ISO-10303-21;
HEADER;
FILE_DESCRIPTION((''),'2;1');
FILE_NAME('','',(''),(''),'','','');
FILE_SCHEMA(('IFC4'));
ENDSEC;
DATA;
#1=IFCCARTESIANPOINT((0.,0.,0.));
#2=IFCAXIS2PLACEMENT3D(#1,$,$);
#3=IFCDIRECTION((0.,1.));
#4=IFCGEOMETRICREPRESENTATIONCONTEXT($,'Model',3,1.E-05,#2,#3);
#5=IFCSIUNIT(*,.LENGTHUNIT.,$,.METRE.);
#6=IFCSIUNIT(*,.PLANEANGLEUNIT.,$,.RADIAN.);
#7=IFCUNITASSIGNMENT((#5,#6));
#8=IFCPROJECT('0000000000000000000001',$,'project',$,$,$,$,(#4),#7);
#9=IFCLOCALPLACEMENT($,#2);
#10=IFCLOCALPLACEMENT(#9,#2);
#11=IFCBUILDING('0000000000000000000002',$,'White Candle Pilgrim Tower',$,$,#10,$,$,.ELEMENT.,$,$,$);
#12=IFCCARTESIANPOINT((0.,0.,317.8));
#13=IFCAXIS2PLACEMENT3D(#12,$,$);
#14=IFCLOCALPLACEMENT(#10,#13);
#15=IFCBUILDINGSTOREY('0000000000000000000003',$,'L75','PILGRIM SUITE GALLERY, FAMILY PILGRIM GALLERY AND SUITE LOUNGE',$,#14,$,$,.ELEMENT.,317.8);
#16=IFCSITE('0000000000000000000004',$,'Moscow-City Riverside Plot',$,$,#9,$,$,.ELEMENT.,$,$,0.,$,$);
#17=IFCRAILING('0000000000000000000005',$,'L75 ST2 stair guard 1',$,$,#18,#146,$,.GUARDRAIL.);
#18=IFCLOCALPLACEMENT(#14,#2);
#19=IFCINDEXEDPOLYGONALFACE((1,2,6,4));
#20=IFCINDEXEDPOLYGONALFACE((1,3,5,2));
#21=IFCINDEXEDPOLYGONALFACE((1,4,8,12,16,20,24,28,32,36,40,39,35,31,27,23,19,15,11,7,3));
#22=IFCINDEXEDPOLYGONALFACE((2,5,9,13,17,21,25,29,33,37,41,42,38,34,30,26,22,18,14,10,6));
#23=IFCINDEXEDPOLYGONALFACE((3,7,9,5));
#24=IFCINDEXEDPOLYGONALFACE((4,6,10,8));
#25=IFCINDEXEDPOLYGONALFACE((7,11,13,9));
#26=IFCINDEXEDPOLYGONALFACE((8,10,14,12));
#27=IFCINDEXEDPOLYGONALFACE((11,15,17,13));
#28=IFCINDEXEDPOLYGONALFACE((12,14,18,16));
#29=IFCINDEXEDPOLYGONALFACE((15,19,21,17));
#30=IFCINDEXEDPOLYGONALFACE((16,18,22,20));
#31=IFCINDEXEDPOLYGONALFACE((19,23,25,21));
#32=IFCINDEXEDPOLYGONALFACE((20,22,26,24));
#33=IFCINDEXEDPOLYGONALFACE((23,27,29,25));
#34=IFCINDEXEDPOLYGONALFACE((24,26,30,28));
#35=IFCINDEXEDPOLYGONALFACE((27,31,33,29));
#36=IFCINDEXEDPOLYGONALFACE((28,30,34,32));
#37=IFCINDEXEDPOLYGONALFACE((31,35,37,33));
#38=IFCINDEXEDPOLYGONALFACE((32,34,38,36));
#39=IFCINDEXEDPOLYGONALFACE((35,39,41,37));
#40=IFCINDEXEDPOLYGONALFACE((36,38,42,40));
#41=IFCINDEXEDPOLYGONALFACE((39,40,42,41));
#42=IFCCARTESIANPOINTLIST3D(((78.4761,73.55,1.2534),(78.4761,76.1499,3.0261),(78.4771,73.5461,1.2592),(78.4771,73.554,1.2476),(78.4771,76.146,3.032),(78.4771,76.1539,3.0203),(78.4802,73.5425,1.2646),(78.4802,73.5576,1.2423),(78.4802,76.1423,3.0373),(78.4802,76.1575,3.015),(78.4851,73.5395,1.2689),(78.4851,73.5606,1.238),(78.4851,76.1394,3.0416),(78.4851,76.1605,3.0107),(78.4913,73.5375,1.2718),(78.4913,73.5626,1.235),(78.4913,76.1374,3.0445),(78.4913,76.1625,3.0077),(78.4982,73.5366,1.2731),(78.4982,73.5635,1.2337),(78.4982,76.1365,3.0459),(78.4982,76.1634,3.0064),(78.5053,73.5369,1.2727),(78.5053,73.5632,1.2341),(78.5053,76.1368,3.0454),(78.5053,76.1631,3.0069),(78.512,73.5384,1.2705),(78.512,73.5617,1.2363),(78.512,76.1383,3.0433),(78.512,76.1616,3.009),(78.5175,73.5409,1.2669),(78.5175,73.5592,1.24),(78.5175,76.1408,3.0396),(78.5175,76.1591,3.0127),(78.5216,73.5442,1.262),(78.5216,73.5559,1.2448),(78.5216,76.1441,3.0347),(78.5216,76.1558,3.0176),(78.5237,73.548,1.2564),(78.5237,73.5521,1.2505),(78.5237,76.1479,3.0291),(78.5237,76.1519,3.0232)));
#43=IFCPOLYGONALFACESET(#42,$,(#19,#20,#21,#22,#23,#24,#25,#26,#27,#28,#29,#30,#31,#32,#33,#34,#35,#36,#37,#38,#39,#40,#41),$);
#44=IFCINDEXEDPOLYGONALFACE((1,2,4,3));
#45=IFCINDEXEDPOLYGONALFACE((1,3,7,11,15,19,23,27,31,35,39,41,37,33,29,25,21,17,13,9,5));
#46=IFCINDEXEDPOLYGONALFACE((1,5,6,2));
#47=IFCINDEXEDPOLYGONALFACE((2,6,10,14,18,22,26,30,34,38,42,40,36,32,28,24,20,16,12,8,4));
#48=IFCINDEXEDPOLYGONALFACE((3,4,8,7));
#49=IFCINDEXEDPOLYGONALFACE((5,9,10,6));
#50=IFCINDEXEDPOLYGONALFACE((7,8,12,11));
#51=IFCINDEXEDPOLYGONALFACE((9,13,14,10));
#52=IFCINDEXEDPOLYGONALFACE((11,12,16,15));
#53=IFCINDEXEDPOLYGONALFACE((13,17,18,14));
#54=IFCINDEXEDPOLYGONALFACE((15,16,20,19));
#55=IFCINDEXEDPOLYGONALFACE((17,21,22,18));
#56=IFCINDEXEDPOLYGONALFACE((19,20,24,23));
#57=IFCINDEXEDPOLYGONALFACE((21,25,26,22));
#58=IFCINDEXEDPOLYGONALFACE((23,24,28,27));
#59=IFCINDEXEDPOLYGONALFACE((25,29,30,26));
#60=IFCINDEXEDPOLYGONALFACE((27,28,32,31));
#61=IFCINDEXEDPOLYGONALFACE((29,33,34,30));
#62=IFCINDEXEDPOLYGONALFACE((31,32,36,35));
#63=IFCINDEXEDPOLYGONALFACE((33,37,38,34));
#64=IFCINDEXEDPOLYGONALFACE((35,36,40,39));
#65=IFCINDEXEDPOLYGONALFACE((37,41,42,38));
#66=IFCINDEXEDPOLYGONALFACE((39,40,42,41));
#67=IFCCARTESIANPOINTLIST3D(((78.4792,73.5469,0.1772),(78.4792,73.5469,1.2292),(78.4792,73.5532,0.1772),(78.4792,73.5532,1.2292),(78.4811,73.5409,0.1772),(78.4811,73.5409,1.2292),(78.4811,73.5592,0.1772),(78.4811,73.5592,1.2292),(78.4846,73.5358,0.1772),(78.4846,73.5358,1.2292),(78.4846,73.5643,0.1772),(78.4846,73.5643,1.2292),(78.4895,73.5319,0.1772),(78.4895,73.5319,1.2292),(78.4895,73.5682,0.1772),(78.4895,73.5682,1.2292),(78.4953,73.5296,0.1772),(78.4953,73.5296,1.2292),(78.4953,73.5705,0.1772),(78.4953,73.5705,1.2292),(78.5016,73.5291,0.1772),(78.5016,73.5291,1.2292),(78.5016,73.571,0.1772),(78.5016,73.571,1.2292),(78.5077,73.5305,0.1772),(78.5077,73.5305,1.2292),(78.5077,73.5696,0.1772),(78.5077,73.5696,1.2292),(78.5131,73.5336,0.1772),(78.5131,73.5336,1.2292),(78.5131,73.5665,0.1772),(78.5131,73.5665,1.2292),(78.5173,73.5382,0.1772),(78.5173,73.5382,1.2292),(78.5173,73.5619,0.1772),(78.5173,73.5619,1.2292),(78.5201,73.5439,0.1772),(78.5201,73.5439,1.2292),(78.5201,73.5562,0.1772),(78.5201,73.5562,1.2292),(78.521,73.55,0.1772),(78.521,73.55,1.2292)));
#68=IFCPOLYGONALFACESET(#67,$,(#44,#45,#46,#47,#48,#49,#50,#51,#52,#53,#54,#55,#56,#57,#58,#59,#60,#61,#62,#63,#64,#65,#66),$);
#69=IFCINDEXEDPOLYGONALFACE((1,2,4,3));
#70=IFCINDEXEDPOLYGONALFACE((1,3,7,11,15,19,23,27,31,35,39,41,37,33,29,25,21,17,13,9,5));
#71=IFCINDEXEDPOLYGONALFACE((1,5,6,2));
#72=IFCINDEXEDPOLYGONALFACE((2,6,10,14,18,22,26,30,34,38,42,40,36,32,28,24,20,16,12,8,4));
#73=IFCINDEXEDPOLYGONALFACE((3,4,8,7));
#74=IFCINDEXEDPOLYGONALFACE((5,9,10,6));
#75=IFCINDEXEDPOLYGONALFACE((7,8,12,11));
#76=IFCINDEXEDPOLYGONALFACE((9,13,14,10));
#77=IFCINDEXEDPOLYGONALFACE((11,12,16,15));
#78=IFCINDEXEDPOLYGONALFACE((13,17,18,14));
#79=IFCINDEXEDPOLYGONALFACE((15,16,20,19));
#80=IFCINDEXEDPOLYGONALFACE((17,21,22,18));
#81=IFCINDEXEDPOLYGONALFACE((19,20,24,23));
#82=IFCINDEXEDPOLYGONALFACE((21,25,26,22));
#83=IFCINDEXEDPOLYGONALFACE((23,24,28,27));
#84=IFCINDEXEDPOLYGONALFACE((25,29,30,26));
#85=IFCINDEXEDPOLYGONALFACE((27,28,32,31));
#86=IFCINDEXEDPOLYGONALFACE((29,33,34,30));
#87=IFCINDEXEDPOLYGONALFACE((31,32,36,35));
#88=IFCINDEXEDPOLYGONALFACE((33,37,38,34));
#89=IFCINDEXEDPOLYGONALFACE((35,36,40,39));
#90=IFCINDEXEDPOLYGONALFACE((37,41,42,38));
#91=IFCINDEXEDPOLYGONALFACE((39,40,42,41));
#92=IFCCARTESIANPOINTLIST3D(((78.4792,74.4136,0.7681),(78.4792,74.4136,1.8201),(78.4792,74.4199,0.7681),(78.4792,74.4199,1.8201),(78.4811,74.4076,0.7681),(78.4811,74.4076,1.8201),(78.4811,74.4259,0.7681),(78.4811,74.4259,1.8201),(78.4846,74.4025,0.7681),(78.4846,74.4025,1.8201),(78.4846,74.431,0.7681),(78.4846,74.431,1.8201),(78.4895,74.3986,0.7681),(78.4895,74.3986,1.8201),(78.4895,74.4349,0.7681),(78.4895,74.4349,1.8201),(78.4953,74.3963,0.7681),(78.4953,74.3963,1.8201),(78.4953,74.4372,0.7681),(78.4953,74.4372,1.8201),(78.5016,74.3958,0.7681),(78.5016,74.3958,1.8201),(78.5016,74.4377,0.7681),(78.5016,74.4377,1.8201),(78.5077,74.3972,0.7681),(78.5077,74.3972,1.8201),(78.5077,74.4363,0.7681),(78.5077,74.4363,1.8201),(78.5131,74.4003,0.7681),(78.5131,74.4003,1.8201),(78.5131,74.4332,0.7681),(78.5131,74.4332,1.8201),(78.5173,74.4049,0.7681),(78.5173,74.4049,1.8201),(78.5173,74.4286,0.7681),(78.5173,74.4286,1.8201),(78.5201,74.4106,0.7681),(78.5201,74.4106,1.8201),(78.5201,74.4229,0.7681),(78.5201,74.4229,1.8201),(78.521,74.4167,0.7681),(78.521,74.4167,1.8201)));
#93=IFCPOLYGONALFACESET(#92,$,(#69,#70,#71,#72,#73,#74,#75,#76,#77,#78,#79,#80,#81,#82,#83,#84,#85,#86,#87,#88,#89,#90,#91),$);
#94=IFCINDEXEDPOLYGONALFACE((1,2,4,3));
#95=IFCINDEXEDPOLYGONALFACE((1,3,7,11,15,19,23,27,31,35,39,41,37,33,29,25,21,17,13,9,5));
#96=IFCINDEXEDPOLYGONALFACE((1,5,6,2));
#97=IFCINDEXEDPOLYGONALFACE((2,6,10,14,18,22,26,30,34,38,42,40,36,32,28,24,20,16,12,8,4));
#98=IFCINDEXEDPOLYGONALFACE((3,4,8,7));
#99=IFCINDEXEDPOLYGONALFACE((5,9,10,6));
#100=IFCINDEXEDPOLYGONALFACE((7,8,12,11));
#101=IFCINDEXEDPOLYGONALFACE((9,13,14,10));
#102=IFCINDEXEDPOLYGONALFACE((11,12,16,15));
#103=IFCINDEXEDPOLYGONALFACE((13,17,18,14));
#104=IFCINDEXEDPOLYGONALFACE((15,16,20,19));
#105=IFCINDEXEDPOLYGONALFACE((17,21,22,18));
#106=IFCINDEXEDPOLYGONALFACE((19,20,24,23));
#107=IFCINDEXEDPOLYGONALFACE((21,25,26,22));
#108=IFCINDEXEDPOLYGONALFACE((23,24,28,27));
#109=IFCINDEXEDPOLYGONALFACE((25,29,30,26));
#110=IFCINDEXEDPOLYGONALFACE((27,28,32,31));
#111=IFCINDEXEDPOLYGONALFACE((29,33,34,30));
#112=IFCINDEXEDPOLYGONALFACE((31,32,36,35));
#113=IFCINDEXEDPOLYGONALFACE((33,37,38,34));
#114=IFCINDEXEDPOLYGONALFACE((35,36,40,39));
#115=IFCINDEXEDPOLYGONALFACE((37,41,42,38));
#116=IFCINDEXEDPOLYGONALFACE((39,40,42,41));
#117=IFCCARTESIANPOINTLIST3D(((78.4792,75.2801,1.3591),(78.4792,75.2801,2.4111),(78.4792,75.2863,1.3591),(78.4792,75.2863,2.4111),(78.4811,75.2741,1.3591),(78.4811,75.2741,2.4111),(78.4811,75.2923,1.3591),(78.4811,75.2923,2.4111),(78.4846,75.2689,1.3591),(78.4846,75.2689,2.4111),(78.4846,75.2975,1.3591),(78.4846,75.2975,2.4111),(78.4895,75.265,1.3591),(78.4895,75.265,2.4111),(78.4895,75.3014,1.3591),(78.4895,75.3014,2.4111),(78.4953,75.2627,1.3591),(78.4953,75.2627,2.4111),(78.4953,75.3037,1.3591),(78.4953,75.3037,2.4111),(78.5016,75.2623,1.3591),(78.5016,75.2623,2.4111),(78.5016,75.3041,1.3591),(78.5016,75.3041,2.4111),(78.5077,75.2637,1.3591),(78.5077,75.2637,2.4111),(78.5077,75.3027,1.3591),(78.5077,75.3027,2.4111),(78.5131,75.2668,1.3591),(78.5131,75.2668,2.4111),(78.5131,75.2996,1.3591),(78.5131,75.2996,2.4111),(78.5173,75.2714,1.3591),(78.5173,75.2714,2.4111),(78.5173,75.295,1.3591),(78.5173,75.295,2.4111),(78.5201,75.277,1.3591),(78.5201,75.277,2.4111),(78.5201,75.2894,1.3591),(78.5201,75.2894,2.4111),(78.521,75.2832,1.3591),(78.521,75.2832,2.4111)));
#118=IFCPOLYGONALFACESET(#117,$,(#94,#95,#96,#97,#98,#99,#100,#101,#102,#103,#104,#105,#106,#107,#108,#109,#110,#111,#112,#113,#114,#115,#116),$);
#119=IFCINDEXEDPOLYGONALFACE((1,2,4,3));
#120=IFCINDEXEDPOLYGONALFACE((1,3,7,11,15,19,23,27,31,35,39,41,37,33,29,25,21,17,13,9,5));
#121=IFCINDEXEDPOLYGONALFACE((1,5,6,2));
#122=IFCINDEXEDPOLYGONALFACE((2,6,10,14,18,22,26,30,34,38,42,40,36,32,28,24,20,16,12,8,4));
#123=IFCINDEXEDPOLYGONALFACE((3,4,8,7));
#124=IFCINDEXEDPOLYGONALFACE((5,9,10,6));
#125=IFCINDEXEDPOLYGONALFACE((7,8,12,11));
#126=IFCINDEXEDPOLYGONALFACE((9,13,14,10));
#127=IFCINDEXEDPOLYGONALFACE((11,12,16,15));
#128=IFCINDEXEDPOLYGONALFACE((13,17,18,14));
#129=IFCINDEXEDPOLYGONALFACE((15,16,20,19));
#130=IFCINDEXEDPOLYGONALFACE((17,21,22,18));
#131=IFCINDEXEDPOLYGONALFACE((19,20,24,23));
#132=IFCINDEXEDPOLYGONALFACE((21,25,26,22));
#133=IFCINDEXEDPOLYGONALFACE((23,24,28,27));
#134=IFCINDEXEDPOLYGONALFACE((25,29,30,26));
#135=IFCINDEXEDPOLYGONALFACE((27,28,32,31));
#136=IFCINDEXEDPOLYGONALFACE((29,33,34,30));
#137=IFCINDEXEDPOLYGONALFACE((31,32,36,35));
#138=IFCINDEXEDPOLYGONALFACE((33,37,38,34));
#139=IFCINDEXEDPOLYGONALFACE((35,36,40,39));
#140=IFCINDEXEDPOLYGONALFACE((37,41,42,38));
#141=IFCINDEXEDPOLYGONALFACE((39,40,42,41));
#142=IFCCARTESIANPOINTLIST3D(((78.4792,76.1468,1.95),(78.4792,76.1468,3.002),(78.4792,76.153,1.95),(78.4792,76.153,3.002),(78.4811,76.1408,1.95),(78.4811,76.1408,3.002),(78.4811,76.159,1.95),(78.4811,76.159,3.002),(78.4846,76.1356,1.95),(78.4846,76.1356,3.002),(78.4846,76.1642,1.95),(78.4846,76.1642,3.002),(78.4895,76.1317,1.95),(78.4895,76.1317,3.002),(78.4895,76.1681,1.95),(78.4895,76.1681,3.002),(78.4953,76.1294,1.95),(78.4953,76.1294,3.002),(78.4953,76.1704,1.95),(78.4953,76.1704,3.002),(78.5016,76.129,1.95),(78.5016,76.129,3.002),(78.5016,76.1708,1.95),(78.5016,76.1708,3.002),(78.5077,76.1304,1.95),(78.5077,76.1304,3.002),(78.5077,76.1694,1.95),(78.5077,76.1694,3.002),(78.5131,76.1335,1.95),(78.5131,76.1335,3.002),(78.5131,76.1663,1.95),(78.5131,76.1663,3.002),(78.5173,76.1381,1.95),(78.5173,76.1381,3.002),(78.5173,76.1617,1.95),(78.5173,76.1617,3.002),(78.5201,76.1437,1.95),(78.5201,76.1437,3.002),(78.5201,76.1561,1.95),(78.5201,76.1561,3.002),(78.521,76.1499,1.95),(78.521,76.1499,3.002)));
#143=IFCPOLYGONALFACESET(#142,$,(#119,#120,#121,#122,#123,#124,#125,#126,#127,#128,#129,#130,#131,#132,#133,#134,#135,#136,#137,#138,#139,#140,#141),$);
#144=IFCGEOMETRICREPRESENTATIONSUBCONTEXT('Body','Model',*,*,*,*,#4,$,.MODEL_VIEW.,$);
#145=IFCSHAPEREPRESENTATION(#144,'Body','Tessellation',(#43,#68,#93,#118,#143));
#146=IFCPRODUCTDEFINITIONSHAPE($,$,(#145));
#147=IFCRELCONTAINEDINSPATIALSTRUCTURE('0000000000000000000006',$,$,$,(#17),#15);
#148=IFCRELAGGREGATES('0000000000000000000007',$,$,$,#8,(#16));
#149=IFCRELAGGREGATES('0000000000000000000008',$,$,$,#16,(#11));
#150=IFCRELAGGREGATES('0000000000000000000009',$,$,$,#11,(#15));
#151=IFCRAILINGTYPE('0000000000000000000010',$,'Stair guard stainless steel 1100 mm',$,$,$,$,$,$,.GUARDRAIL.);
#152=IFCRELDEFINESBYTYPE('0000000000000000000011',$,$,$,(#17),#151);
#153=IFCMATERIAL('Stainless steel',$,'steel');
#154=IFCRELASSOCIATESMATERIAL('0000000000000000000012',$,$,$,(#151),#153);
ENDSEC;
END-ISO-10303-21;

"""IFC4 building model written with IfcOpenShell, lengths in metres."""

from ifc_helpers import new_model, si_unit, direction, frame, origin, origin_2d, place, context, subcontext, project, spatial, circle, extrude, material, type_object, element, save


model = new_model("IFC4")

# Units and contexts
model_context = context("Model", 3, precision=1e-05, world=origin(), true_north=direction((0.0, 1.0)))
body_context = subcontext(model_context, "Body", "Model", "MODEL_VIEW")
ifc_project = project(units=[si_unit("LENGTHUNIT", "METRE"), si_unit("PLANEANGLEUNIT", "RADIAN")], contexts=[model_context])

# Site, building, storey
site_placement = place(None, origin())
site = spatial("IfcSite", under=ifc_project, at=site_placement, Name="Moscow-City Riverside Plot", CompositionType="ELEMENT", RefElevation=0.0)
building_placement = place(site_placement, origin())
building = spatial("IfcBuilding", under=site, at=building_placement, Name="White Candle Pilgrim Tower", CompositionType="ELEMENT")
storey_placement = place(building_placement, frame((0.0, 0.0, 317.8)))
storey = spatial("IfcBuildingStorey", under=building, at=storey_placement, Name="L75", Description="PILGRIM SUITE GALLERY, FAMILY PILGRIM GALLERY AND SUITE LOUNGE", CompositionType="ELEMENT", Elevation=317.8)

# Railing
ifc_material_1 = material(Name="Stainless steel", Category="steel")
railing_type_1 = type_object("IfcRailingType", Name="Stair guard stainless steel 1100 mm", PredefinedType="GUARDRAIL", material=ifc_material_1)
railing_1_placement = place(storey_placement, frame((78.5, 73.55, 0.1772)))
element("IfcRailing", 1, at=railing_1_placement, inside=storey, type_object=railing_type_1, Name="L75 ST2 stair guard 1", PredefinedType="GUARDRAIL", context=body_context, shape_type="SweptSolid", body=[
    extrude(circle(Radius=0.0239, at=origin_2d()), frame((0.0, 0.0, 1.0762), z_axis=(0.0, 0.826216, 0.563354), x_axis=(-1.0, 0.0, 0.0)), (0.0, 0.0, 1.0), 3.1467),
    extrude(circle(Radius=0.021, at=origin_2d()), origin(), (0.0, 0.0, 1.0), 1.052),
    extrude(circle(Radius=0.021, at=origin_2d()), frame((0.0, 0.8667, 0.5908)), (0.0, 0.0, 1.0), 1.052),
    extrude(circle(Radius=0.021, at=origin_2d()), frame((0.0, 1.7332, 1.1819)), (0.0, 0.0, 1.0), 1.052),
    extrude(circle(Radius=0.021, at=origin_2d()), frame((0.0, 2.5999, 1.7727)), (0.0, 0.0, 1.0), 1.052),
])

save(model, "model.ifc")
